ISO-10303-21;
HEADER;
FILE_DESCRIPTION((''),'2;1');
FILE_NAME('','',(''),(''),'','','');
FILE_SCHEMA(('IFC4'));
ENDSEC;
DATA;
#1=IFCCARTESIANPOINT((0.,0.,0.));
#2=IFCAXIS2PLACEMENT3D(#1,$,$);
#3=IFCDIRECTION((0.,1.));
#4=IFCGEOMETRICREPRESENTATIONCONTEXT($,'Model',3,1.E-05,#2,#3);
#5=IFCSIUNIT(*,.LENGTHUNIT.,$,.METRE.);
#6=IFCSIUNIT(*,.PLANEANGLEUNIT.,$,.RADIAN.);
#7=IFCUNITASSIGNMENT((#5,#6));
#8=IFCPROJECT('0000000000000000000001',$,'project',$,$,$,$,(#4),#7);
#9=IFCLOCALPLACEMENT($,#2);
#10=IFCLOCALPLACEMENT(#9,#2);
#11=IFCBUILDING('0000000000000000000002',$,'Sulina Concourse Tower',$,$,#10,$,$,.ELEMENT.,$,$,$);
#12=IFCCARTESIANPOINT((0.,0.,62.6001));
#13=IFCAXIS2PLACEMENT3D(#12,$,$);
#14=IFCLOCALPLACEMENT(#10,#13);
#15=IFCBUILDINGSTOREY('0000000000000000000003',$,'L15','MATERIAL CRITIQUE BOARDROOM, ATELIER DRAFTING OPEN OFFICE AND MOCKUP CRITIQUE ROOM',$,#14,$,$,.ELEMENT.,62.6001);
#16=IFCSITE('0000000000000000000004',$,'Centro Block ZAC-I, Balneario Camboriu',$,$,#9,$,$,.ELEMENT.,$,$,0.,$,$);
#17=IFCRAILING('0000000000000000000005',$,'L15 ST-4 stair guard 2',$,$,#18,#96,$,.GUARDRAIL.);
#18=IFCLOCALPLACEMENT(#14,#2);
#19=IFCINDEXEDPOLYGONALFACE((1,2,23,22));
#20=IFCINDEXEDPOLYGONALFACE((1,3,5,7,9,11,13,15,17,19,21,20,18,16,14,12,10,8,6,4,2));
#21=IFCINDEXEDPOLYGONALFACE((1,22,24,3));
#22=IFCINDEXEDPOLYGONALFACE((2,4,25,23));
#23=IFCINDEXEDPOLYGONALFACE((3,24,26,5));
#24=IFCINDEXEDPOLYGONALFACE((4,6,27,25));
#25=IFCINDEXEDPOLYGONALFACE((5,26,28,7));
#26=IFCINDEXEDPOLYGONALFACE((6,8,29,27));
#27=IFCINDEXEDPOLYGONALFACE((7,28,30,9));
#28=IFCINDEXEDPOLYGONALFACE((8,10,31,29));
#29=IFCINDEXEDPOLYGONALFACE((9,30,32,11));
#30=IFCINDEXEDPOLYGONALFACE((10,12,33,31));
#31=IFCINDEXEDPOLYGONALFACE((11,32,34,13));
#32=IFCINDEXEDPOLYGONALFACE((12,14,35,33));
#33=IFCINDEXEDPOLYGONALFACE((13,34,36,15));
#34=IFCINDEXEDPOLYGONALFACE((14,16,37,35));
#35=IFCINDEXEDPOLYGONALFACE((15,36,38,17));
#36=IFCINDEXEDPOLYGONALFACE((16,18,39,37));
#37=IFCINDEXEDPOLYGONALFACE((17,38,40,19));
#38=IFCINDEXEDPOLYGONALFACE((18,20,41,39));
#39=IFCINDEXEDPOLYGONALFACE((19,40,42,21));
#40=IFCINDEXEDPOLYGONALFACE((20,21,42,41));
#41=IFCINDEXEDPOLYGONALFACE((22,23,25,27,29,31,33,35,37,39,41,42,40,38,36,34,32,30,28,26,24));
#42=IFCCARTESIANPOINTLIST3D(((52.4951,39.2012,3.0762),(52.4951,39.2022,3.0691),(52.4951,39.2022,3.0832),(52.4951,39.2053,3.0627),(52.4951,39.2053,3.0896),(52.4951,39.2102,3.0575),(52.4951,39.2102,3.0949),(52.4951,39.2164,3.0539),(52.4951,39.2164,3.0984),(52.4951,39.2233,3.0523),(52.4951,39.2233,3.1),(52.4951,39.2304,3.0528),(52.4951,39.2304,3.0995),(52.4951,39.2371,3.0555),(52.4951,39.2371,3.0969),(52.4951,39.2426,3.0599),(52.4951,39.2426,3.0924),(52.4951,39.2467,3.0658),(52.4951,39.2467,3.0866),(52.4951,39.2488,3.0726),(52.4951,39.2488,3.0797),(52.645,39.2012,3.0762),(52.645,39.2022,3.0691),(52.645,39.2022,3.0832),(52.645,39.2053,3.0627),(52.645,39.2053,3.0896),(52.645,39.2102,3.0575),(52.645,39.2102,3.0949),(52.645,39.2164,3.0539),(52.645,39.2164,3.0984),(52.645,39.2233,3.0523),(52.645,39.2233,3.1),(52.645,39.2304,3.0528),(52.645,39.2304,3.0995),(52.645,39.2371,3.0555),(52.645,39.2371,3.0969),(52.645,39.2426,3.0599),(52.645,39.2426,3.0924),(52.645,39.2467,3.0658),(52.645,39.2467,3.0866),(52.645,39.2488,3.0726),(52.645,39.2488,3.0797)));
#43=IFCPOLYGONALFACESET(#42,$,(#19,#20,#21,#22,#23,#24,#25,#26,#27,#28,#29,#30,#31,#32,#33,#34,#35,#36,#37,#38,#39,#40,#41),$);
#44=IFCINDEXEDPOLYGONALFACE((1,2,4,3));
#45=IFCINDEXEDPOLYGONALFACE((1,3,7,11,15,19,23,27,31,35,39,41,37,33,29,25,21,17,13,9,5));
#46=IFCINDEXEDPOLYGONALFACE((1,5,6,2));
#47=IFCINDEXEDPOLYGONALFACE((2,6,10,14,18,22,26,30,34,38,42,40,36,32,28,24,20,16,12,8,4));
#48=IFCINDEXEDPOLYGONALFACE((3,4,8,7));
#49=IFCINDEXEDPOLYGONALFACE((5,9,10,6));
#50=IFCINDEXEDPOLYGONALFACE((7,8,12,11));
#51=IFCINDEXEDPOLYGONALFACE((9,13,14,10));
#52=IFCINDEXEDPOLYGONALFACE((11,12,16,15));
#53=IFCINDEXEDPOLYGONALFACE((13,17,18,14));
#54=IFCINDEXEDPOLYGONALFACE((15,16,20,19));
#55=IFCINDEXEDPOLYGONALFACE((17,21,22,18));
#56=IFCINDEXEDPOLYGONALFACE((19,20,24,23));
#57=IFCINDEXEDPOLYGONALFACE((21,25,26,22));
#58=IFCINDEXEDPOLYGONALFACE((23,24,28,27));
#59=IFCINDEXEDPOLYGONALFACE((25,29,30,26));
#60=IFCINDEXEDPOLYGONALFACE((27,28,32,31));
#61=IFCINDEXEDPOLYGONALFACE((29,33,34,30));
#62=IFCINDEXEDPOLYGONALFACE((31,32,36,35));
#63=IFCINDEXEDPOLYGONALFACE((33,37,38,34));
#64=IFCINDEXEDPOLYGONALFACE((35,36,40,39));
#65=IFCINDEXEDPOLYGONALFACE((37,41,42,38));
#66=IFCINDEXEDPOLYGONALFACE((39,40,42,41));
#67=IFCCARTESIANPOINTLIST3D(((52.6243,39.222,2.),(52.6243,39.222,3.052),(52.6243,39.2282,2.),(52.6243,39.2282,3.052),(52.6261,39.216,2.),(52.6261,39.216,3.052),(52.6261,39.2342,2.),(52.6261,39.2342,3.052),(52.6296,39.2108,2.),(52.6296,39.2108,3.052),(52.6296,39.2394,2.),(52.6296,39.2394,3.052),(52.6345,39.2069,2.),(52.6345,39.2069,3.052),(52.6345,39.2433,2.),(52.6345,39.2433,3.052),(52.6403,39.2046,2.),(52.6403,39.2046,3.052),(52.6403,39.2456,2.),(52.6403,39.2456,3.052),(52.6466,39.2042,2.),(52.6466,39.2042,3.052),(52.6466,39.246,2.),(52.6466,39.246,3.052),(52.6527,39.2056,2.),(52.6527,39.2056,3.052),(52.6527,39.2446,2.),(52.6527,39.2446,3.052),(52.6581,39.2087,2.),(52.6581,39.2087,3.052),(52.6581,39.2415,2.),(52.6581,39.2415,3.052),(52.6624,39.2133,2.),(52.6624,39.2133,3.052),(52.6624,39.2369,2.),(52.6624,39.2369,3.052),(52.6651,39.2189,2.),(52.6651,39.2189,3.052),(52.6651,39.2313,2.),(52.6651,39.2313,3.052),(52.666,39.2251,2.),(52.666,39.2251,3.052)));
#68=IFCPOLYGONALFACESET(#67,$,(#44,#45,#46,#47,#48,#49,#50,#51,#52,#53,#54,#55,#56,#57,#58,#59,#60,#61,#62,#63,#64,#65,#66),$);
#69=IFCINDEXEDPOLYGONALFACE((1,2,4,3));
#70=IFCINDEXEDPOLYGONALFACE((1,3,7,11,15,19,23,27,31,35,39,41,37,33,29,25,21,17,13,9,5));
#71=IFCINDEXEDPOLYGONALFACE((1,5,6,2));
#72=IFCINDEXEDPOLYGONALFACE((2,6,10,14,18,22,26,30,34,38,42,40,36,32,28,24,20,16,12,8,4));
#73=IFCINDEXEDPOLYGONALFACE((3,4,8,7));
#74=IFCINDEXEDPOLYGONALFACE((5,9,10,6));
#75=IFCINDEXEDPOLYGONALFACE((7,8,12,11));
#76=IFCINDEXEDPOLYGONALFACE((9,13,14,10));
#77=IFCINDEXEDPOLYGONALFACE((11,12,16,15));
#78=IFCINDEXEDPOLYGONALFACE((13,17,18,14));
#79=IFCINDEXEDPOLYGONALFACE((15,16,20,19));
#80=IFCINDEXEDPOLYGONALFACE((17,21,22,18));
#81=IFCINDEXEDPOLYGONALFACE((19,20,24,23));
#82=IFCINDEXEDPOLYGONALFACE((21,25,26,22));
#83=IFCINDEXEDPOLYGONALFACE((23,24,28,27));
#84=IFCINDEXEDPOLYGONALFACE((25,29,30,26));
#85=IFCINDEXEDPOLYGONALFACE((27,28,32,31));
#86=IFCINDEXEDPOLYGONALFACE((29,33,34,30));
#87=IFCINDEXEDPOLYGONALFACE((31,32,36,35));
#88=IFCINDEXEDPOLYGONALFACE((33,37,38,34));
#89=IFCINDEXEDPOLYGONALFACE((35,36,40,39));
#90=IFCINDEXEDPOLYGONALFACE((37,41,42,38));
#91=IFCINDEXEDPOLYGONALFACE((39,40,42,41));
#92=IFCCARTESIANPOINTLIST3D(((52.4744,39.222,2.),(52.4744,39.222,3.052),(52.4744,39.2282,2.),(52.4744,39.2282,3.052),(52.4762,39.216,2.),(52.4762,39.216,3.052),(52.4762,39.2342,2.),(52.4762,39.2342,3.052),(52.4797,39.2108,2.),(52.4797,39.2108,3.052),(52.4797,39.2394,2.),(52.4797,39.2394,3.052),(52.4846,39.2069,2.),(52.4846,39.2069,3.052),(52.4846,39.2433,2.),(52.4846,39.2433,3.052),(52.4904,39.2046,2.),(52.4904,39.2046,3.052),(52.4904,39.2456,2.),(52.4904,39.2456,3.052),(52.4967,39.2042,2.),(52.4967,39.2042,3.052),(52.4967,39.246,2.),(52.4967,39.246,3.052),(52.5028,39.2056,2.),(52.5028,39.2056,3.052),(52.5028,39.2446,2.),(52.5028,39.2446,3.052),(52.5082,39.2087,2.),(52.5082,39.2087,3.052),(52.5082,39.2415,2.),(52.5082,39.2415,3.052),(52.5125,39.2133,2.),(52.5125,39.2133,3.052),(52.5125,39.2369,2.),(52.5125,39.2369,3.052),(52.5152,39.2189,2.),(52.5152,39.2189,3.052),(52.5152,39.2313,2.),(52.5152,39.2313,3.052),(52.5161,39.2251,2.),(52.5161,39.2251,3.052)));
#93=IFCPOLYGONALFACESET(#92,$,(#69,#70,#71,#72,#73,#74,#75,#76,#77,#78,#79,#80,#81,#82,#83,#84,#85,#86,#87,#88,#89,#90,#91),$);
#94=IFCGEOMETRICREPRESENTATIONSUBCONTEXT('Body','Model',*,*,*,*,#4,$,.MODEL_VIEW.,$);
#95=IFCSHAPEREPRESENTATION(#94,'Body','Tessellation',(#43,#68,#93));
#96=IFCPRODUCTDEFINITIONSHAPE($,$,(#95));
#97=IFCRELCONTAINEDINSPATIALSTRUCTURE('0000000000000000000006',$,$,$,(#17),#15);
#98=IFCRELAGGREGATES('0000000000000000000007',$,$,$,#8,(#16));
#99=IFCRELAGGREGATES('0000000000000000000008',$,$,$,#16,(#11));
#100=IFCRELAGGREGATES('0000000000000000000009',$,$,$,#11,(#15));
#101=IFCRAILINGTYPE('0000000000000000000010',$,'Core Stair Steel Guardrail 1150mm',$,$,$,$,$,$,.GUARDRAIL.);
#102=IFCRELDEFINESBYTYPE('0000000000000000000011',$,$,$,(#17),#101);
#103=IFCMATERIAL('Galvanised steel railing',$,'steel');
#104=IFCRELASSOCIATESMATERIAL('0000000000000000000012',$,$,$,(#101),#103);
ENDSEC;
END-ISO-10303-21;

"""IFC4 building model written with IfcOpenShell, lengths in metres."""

from ifc_helpers import new_model, si_unit, direction, frame, origin, origin_2d, place, context, subcontext, project, spatial, circle, extrude, material, type_object, element, save


model = new_model("IFC4")

# Units and contexts
model_context = context("Model", 3, precision=1e-05, world=origin(), true_north=direction((0.0, 1.0)))
body_context = subcontext(model_context, "Body", "Model", "MODEL_VIEW")
ifc_project = project(units=[si_unit("LENGTHUNIT", "METRE"), si_unit("PLANEANGLEUNIT", "RADIAN")], contexts=[model_context])

# Site, building, storey
site_placement = place(None, origin())
site = spatial("IfcSite", under=ifc_project, at=site_placement, Name="Centro Block ZAC-I, Balneario Camboriu", CompositionType="ELEMENT", RefElevation=0.0)
building_placement = place(site_placement, origin())
building = spatial("IfcBuilding", under=site, at=building_placement, Name="Sulina Concourse Tower", CompositionType="ELEMENT")
storey_placement = place(building_placement, frame((0.0, 0.0, 62.6001)))
storey = spatial("IfcBuildingStorey", under=building, at=storey_placement, Name="L15", Description="MATERIAL CRITIQUE BOARDROOM, ATELIER DRAFTING OPEN OFFICE AND MOCKUP CRITIQUE ROOM", CompositionType="ELEMENT", Elevation=62.6001)

# Railing
ifc_material_1 = material(Name="Galvanised steel railing", Category="steel")
railing_type_1 = type_object("IfcRailingType", Name="Core Stair Steel Guardrail 1150mm", PredefinedType="GUARDRAIL", material=ifc_material_1)
railing_1_placement = place(storey_placement, frame((52.645, 39.2251, 2.0)))
element("IfcRailing", 1, at=railing_1_placement, inside=storey, type_object=railing_type_1, Name="L15 ST-4 stair guard 2", PredefinedType="GUARDRAIL", context=body_context, shape_type="SweptSolid", body=[
    extrude(circle(Radius=0.0239, at=origin_2d()), frame((0.0, 0.0, 1.0762), z_axis=(-1.0, 0.0, 0.0), x_axis=(0.0, -1.0, 0.0)), (0.0, 0.0, 1.0), 0.1499),
    extrude(circle(Radius=0.021, at=origin_2d()), origin(), (0.0, 0.0, 1.0), 1.052),
    extrude(circle(Radius=0.021, at=origin_2d()), frame((-0.1499, 0.0, 0.0)), (0.0, 0.0, 1.0), 1.052),
])

save(model, "model.ifc")
